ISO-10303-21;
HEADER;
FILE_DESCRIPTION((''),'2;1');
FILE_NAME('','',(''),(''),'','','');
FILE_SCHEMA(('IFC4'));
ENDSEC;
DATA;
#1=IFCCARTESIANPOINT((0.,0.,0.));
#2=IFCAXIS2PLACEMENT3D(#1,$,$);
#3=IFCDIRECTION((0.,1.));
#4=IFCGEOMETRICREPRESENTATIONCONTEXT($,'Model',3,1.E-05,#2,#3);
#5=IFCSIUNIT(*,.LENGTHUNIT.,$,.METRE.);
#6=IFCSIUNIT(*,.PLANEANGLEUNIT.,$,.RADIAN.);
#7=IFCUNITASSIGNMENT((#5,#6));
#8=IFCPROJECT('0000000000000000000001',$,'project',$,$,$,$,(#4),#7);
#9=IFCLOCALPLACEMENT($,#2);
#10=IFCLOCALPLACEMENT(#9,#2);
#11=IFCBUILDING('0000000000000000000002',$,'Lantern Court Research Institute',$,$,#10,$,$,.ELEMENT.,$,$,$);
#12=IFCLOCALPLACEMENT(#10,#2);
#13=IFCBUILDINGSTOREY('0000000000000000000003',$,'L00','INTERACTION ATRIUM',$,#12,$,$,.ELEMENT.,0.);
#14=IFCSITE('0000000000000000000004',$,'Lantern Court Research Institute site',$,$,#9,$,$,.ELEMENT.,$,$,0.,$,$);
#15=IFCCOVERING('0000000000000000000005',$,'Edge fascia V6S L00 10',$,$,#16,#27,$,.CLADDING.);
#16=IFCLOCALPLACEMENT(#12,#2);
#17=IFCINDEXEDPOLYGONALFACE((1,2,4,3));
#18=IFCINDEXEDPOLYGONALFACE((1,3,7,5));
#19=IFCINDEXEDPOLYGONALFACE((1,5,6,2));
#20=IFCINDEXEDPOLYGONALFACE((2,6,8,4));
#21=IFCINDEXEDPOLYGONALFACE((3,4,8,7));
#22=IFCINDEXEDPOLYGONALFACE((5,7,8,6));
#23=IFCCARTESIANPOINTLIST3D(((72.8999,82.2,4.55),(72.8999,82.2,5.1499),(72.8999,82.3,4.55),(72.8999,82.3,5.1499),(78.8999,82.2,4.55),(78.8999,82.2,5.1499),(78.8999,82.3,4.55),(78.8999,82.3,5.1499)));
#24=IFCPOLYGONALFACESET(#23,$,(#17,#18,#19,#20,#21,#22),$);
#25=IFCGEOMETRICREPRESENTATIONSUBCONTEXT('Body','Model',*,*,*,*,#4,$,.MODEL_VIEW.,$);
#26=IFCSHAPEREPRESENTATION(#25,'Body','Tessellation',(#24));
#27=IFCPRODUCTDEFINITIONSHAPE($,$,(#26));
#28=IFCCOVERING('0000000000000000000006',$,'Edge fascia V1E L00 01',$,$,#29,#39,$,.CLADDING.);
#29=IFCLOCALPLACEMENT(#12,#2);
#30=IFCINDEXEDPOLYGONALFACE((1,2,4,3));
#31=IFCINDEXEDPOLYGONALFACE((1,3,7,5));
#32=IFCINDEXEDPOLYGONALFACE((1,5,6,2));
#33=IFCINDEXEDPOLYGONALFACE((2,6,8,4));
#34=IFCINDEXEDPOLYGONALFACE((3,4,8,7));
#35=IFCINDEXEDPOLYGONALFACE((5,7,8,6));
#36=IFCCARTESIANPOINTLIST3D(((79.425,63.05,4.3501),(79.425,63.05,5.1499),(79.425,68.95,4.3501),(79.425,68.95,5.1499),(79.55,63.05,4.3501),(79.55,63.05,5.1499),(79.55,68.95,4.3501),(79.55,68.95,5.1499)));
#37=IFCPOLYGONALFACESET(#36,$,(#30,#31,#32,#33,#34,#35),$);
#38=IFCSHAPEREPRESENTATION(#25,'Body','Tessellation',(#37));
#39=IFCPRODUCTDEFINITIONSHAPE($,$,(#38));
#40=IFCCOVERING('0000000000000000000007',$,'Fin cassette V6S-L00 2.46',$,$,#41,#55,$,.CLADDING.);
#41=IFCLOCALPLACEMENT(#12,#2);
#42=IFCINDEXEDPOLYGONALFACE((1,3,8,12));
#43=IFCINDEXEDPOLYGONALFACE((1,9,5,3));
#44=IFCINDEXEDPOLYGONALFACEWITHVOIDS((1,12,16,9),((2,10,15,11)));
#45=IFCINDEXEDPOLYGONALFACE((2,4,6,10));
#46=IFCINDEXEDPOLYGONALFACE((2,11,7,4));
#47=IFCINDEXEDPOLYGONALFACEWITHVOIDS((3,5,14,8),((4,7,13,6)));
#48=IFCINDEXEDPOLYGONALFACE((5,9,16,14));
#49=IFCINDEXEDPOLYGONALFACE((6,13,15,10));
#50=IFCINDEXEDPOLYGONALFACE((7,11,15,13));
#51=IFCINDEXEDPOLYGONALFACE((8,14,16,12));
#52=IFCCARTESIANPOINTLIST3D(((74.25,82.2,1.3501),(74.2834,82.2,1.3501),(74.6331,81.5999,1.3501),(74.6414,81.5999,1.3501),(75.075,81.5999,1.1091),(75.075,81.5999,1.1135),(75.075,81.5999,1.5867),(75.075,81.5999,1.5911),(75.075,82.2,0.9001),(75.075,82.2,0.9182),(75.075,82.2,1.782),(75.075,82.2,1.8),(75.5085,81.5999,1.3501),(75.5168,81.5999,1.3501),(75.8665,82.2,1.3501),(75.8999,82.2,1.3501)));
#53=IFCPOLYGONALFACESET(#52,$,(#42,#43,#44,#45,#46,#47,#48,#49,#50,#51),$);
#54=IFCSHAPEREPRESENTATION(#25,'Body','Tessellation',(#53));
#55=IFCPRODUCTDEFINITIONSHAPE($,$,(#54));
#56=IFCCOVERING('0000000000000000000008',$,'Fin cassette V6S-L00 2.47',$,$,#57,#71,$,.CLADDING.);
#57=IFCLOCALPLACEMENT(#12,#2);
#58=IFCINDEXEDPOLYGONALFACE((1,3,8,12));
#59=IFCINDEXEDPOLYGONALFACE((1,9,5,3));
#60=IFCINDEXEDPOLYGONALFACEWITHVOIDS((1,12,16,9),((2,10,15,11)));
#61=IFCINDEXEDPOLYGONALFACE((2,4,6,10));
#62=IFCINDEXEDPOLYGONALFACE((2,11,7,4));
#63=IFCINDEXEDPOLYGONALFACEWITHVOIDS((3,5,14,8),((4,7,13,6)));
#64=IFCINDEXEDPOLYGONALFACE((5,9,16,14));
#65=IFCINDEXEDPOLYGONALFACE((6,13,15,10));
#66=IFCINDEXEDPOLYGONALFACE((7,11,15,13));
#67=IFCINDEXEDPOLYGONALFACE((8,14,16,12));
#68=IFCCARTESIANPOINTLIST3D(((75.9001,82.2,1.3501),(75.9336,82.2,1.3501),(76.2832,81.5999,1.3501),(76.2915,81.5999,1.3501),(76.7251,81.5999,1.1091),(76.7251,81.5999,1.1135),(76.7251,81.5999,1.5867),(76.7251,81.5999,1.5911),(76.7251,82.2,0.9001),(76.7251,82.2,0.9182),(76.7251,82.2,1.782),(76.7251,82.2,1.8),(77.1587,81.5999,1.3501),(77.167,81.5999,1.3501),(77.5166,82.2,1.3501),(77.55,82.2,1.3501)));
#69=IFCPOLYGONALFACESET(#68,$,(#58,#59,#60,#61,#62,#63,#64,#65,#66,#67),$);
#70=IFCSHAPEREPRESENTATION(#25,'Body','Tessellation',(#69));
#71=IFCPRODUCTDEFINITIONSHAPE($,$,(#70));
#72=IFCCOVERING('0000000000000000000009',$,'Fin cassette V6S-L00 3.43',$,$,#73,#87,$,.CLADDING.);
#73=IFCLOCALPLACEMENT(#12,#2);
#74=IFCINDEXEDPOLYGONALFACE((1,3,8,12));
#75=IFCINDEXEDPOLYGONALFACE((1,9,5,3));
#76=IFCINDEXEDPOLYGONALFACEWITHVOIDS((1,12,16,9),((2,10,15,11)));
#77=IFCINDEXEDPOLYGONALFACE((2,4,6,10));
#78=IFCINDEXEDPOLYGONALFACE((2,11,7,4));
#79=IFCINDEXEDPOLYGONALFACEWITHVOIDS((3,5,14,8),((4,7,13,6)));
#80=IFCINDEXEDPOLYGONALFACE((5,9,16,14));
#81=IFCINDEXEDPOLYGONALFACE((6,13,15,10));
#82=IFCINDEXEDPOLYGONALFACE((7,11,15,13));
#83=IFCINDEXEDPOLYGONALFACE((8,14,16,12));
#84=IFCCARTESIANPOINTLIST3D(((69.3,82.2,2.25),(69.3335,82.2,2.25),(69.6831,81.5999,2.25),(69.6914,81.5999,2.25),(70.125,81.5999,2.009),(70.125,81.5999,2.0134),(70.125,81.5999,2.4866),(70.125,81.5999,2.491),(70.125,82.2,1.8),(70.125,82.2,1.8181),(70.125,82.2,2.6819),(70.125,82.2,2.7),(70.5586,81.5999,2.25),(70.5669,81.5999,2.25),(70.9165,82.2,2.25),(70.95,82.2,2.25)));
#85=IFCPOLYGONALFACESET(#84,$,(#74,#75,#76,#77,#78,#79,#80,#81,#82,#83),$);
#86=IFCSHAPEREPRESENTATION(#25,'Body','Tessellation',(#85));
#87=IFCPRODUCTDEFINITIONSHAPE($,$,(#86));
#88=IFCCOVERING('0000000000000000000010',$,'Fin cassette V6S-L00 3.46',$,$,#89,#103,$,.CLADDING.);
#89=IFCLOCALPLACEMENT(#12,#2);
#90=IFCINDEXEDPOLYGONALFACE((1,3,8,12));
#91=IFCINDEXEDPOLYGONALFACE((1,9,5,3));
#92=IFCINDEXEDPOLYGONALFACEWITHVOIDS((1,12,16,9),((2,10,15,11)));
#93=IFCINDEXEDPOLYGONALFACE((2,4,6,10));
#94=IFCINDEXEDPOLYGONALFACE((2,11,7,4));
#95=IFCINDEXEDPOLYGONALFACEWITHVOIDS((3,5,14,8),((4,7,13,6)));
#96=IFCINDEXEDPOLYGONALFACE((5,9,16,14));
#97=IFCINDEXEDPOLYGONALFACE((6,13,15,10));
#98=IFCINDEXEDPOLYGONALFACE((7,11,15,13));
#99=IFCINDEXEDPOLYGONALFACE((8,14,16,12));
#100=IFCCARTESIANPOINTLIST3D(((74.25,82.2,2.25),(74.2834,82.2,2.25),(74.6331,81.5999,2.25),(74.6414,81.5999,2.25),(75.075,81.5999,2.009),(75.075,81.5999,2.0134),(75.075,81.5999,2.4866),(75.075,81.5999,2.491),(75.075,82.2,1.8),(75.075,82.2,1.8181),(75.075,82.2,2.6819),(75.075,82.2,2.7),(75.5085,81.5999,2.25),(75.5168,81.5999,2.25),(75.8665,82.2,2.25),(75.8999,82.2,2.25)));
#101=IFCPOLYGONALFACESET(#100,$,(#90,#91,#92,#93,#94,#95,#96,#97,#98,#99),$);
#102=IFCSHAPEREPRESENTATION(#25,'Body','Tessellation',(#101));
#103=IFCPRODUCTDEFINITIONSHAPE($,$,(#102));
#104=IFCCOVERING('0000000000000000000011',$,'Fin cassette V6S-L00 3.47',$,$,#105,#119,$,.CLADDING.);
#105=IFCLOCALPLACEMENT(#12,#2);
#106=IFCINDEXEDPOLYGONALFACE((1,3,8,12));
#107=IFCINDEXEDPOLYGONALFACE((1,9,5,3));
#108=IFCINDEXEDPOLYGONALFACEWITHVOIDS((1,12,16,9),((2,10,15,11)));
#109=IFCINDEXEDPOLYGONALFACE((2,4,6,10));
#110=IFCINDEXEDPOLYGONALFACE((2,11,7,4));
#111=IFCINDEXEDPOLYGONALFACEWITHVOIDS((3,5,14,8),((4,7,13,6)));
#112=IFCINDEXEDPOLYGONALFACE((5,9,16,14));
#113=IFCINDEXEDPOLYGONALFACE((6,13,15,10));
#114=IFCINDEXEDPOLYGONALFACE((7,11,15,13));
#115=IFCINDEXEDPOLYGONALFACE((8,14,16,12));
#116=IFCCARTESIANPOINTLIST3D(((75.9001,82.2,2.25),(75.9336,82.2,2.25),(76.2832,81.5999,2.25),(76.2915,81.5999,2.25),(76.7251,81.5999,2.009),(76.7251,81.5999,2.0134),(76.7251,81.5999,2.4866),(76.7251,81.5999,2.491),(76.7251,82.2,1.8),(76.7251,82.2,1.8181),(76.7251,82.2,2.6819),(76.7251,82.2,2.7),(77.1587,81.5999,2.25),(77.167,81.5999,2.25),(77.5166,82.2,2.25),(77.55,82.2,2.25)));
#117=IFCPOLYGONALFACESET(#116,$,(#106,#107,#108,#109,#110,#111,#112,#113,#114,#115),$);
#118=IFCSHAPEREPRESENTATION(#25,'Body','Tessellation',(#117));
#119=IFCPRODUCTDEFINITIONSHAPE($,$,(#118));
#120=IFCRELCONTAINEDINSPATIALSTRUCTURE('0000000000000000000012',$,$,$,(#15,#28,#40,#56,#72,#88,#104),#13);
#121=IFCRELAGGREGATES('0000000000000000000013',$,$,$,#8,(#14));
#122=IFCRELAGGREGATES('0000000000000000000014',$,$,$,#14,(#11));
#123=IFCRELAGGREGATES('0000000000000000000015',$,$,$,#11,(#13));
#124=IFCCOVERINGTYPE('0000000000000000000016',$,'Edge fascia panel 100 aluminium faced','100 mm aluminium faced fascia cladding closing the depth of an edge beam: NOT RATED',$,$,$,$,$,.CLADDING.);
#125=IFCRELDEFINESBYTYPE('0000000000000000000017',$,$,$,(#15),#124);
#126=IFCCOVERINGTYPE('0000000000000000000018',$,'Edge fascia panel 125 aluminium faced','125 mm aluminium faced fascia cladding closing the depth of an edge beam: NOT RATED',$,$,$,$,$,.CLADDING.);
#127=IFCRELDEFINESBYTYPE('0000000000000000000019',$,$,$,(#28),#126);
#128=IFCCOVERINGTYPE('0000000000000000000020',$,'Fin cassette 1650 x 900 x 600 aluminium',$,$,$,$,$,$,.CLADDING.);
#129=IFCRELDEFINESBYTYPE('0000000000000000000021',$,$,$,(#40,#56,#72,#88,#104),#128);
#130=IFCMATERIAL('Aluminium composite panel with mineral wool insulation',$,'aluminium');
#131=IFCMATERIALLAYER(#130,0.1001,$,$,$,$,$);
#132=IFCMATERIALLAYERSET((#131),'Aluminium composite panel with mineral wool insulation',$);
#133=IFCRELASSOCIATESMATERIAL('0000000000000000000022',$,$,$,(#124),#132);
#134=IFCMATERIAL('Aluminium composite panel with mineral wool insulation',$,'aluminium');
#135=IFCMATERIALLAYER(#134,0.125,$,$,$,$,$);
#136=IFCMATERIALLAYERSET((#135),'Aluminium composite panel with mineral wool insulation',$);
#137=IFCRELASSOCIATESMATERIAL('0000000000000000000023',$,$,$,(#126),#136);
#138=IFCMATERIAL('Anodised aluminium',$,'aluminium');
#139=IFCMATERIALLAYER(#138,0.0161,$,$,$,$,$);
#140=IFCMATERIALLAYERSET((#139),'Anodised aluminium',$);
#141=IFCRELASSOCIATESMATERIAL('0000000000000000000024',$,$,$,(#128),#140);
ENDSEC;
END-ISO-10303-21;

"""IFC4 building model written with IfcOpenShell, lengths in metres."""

from ifc_helpers import new_model, entity, si_unit, direction, frame, frame_2d, origin, place, context, subcontext, project, spatial, rectangle, extrude, material, layer, layer_set, type_object, element, save


model = new_model("IFC4")

# Units and contexts
model_context = context("Model", 3, precision=1e-05, world=origin(), true_north=direction((0.0, 1.0)))
body_context = subcontext(model_context, "Body", "Model", "MODEL_VIEW")
ifc_project = project(units=[si_unit("LENGTHUNIT", "METRE"), si_unit("PLANEANGLEUNIT", "RADIAN")], contexts=[model_context])

# Site, building, storey
site_placement = place(None, origin())
site = spatial("IfcSite", under=ifc_project, at=site_placement, Name="Lantern Court Research Institute site", CompositionType="ELEMENT", RefElevation=0.0)
building_placement = place(site_placement, origin())
building = spatial("IfcBuilding", under=site, at=building_placement, Name="Lantern Court Research Institute", CompositionType="ELEMENT")
storey_placement = place(building_placement, origin())
storey = spatial("IfcBuildingStorey", under=building, at=storey_placement, Name="L00", Description="INTERACTION ATRIUM", CompositionType="ELEMENT", Elevation=0.0)

# Coverings
ifc_material_1 = material(Name="Aluminium composite panel with mineral wool insulation", Category="aluminium")
ifc_layer_1 = layer(ifc_material_1, 0.1001)
ifc_layer_set_1 = layer_set([ifc_layer_1], Name="Aluminium composite panel with mineral wool insulation")
covering_type_1 = type_object("IfcCoveringType", Name="Edge fascia panel 100 aluminium faced", Description="100 mm aluminium faced fascia cladding closing the depth of an edge beam: NOT RATED", PredefinedType="CLADDING", material=ifc_layer_set_1)
for number, where, z_axis, x_axis, name in (
    (1, (78.8999, 82.25, 4.55), (0.0, 0.0, 1.0), (-1.0, 0.0, 0.0), "Edge fascia V6S L00 10"),
):
    element("IfcCovering", number, at=place(storey_placement, frame(where, z_axis=z_axis, x_axis=x_axis)), inside=storey, type_object=covering_type_1, Name=name, PredefinedType="CLADDING", context=body_context, shape_type="SweptSolid", body=[
        extrude(rectangle(XDim=6.0, YDim=0.1001, at=frame_2d((3.0, 0.0))), origin(), (0.0, 0.0, 1.0), 0.5999),
    ])
ifc_material_2 = material(Name="Aluminium composite panel with mineral wool insulation", Category="aluminium")
ifc_layer_2 = layer(ifc_material_2, 0.125)
ifc_layer_set_2 = layer_set([ifc_layer_2], Name="Aluminium composite panel with mineral wool insulation")
covering_type_2 = type_object("IfcCoveringType", Name="Edge fascia panel 125 aluminium faced", Description="125 mm aluminium faced fascia cladding closing the depth of an edge beam: NOT RATED", PredefinedType="CLADDING", material=ifc_layer_set_2)
covering_1_placement = place(storey_placement, frame((79.4875, 68.95, 4.3501), z_axis=(0.0, 0.0, 1.0), x_axis=(0.0, -1.0, 0.0)))
element("IfcCovering", 2, at=covering_1_placement, inside=storey, type_object=covering_type_2, Name="Edge fascia V1E L00 01", PredefinedType="CLADDING", context=body_context, shape_type="SweptSolid", body=[
    extrude(rectangle(XDim=5.8999, YDim=0.125, at=frame_2d((2.95, 0.0))), origin(), (0.0, 0.0, 1.0), 0.7998),
])
ifc_material_3 = material(Name="Anodised aluminium", Category="aluminium")
ifc_layer_3 = layer(ifc_material_3, 0.0161)
ifc_layer_set_3 = layer_set([ifc_layer_3], Name="Anodised aluminium")
covering_type_3 = type_object("IfcCoveringType", Name="Fin cassette 1650 x 900 x 600 aluminium", PredefinedType="CLADDING", material=ifc_layer_set_3)
covering_2_placement = place(storey_placement, frame((75.075, 82.2, 1.3501), z_axis=(0.0, -1.0, 0.0), x_axis=(1.0, 0.0, 0.0)))
cartesian_point_1 = entity("IfcCartesianPoint", [0.825, 0.0])
cartesian_point_2 = entity("IfcCartesianPoint", [0.7915, 0.0])
cartesian_point_3 = entity("IfcCartesianPoint", [0.4419, 0.0])
cartesian_point_4 = entity("IfcCartesianPoint", [0.4336, 0.0])
element("IfcCovering", 3, at=covering_2_placement, inside=storey, type_object=covering_type_3, Name="Fin cassette V6S-L00 2.46", PredefinedType="CLADDING", context=body_context, shape_type="SweptSolid", body=[
    entity("IfcExtrudedAreaSolidTapered", entity("IfcArbitraryProfileDefWithVoids", "AREA", None, entity("IfcPolyline", [cartesian_point_1, entity("IfcCartesianPoint", [0.0, 0.45]), entity("IfcCartesianPoint", [-0.825, 0.0]), entity("IfcCartesianPoint", [0.0, -0.45]), cartesian_point_1]), [entity("IfcPolyline", [cartesian_point_2, entity("IfcCartesianPoint", [0.0, 0.4319]), entity("IfcCartesianPoint", [-0.7915, 0.0]), entity("IfcCartesianPoint", [0.0, -0.4319]), cartesian_point_2])]), entity("IfcAxis2Placement3D", entity("IfcCartesianPoint", [0.0, 0.0, 0.0])), entity("IfcDirection", [0.0, 0.0, 1.0]), 0.6001, entity("IfcArbitraryProfileDefWithVoids", "AREA", None, entity("IfcPolyline", [cartesian_point_3, entity("IfcCartesianPoint", [0.0, 0.241]), entity("IfcCartesianPoint", [-0.4419, 0.0]), entity("IfcCartesianPoint", [0.0, -0.241]), cartesian_point_3]), [entity("IfcPolyline", [cartesian_point_4, entity("IfcCartesianPoint", [0.0, 0.2366]), entity("IfcCartesianPoint", [-0.4336, 0.0]), entity("IfcCartesianPoint", [0.0, -0.2366]), cartesian_point_4])])),
])
covering_3_placement = place(storey_placement, frame((76.7251, 82.2, 1.3501), z_axis=(0.0, -1.0, 0.0), x_axis=(1.0, 0.0, 0.0)))
cartesian_point_5 = entity("IfcCartesianPoint", [0.825, 0.0])
cartesian_point_6 = entity("IfcCartesianPoint", [0.7915, 0.0])
cartesian_point_7 = entity("IfcCartesianPoint", [0.4419, 0.0])
cartesian_point_8 = entity("IfcCartesianPoint", [0.4336, 0.0])
element("IfcCovering", 4, at=covering_3_placement, inside=storey, type_object=covering_type_3, Name="Fin cassette V6S-L00 2.47", PredefinedType="CLADDING", context=body_context, shape_type="SweptSolid", body=[
    entity("IfcExtrudedAreaSolidTapered", entity("IfcArbitraryProfileDefWithVoids", "AREA", None, entity("IfcPolyline", [cartesian_point_5, entity("IfcCartesianPoint", [0.0, 0.45]), entity("IfcCartesianPoint", [-0.825, 0.0]), entity("IfcCartesianPoint", [0.0, -0.45]), cartesian_point_5]), [entity("IfcPolyline", [cartesian_point_6, entity("IfcCartesianPoint", [0.0, 0.4319]), entity("IfcCartesianPoint", [-0.7915, 0.0]), entity("IfcCartesianPoint", [0.0, -0.4319]), cartesian_point_6])]), entity("IfcAxis2Placement3D", entity("IfcCartesianPoint", [0.0, 0.0, 0.0])), entity("IfcDirection", [0.0, 0.0, 1.0]), 0.6001, entity("IfcArbitraryProfileDefWithVoids", "AREA", None, entity("IfcPolyline", [cartesian_point_7, entity("IfcCartesianPoint", [0.0, 0.241]), entity("IfcCartesianPoint", [-0.4419, 0.0]), entity("IfcCartesianPoint", [0.0, -0.241]), cartesian_point_7]), [entity("IfcPolyline", [cartesian_point_8, entity("IfcCartesianPoint", [0.0, 0.2366]), entity("IfcCartesianPoint", [-0.4336, 0.0]), entity("IfcCartesianPoint", [0.0, -0.2366]), cartesian_point_8])])),
])
covering_4_placement = place(storey_placement, frame((70.125, 82.2, 2.25), z_axis=(0.0, -1.0, 0.0), x_axis=(1.0, 0.0, 0.0)))
cartesian_point_9 = entity("IfcCartesianPoint", [0.825, 0.0])
cartesian_point_10 = entity("IfcCartesianPoint", [0.7915, 0.0])
cartesian_point_11 = entity("IfcCartesianPoint", [0.4419, 0.0])
cartesian_point_12 = entity("IfcCartesianPoint", [0.4336, 0.0])
element("IfcCovering", 5, at=covering_4_placement, inside=storey, type_object=covering_type_3, Name="Fin cassette V6S-L00 3.43", PredefinedType="CLADDING", context=body_context, shape_type="SweptSolid", body=[
    entity("IfcExtrudedAreaSolidTapered", entity("IfcArbitraryProfileDefWithVoids", "AREA", None, entity("IfcPolyline", [cartesian_point_9, entity("IfcCartesianPoint", [0.0, 0.45]), entity("IfcCartesianPoint", [-0.825, 0.0]), entity("IfcCartesianPoint", [0.0, -0.45]), cartesian_point_9]), [entity("IfcPolyline", [cartesian_point_10, entity("IfcCartesianPoint", [0.0, 0.4319]), entity("IfcCartesianPoint", [-0.7915, 0.0]), entity("IfcCartesianPoint", [0.0, -0.4319]), cartesian_point_10])]), entity("IfcAxis2Placement3D", entity("IfcCartesianPoint", [0.0, 0.0, 0.0])), entity("IfcDirection", [0.0, 0.0, 1.0]), 0.6001, entity("IfcArbitraryProfileDefWithVoids", "AREA", None, entity("IfcPolyline", [cartesian_point_11, entity("IfcCartesianPoint", [0.0, 0.241]), entity("IfcCartesianPoint", [-0.4419, 0.0]), entity("IfcCartesianPoint", [0.0, -0.241]), cartesian_point_11]), [entity("IfcPolyline", [cartesian_point_12, entity("IfcCartesianPoint", [0.0, 0.2366]), entity("IfcCartesianPoint", [-0.4336, 0.0]), entity("IfcCartesianPoint", [0.0, -0.2366]), cartesian_point_12])])),
])
covering_5_placement = place(storey_placement, frame((75.075, 82.2, 2.25), z_axis=(0.0, -1.0, 0.0), x_axis=(1.0, 0.0, 0.0)))
cartesian_point_13 = entity("IfcCartesianPoint", [0.825, 0.0])
cartesian_point_14 = entity("IfcCartesianPoint", [0.7915, 0.0])
cartesian_point_15 = entity("IfcCartesianPoint", [0.4419, 0.0])
cartesian_point_16 = entity("IfcCartesianPoint", [0.4336, 0.0])
element("IfcCovering", 6, at=covering_5_placement, inside=storey, type_object=covering_type_3, Name="Fin cassette V6S-L00 3.46", PredefinedType="CLADDING", context=body_context, shape_type="SweptSolid", body=[
    entity("IfcExtrudedAreaSolidTapered", entity("IfcArbitraryProfileDefWithVoids", "AREA", None, entity("IfcPolyline", [cartesian_point_13, entity("IfcCartesianPoint", [0.0, 0.45]), entity("IfcCartesianPoint", [-0.825, 0.0]), entity("IfcCartesianPoint", [0.0, -0.45]), cartesian_point_13]), [entity("IfcPolyline", [cartesian_point_14, entity("IfcCartesianPoint", [0.0, 0.4319]), entity("IfcCartesianPoint", [-0.7915, 0.0]), entity("IfcCartesianPoint", [0.0, -0.4319]), cartesian_point_14])]), entity("IfcAxis2Placement3D", entity("IfcCartesianPoint", [0.0, 0.0, 0.0])), entity("IfcDirection", [0.0, 0.0, 1.0]), 0.6001, entity("IfcArbitraryProfileDefWithVoids", "AREA", None, entity("IfcPolyline", [cartesian_point_15, entity("IfcCartesianPoint", [0.0, 0.241]), entity("IfcCartesianPoint", [-0.4419, 0.0]), entity("IfcCartesianPoint", [0.0, -0.241]), cartesian_point_15]), [entity("IfcPolyline", [cartesian_point_16, entity("IfcCartesianPoint", [0.0, 0.2366]), entity("IfcCartesianPoint", [-0.4336, 0.0]), entity("IfcCartesianPoint", [0.0, -0.2366]), cartesian_point_16])])),
])
covering_6_placement = place(storey_placement, frame((76.7251, 82.2, 2.25), z_axis=(0.0, -1.0, 0.0), x_axis=(1.0, 0.0, 0.0)))
cartesian_point_17 = entity("IfcCartesianPoint", [0.825, 0.0])
cartesian_point_18 = entity("IfcCartesianPoint", [0.7915, 0.0])
cartesian_point_19 = entity("IfcCartesianPoint", [0.4419, 0.0])
cartesian_point_20 = entity("IfcCartesianPoint", [0.4336, 0.0])
element("IfcCovering", 7, at=covering_6_placement, inside=storey, type_object=covering_type_3, Name="Fin cassette V6S-L00 3.47", PredefinedType="CLADDING", context=body_context, shape_type="SweptSolid", body=[
    entity("IfcExtrudedAreaSolidTapered", entity("IfcArbitraryProfileDefWithVoids", "AREA", None, entity("IfcPolyline", [cartesian_point_17, entity("IfcCartesianPoint", [0.0, 0.45]), entity("IfcCartesianPoint", [-0.825, 0.0]), entity("IfcCartesianPoint", [0.0, -0.45]), cartesian_point_17]), [entity("IfcPolyline", [cartesian_point_18, entity("IfcCartesianPoint", [0.0, 0.4319]), entity("IfcCartesianPoint", [-0.7915, 0.0]), entity("IfcCartesianPoint", [0.0, -0.4319]), cartesian_point_18])]), entity("IfcAxis2Placement3D", entity("IfcCartesianPoint", [0.0, 0.0, 0.0])), entity("IfcDirection", [0.0, 0.0, 1.0]), 0.6001, entity("IfcArbitraryProfileDefWithVoids", "AREA", None, entity("IfcPolyline", [cartesian_point_19, entity("IfcCartesianPoint", [0.0, 0.241]), entity("IfcCartesianPoint", [-0.4419, 0.0]), entity("IfcCartesianPoint", [0.0, -0.241]), cartesian_point_19]), [entity("IfcPolyline", [cartesian_point_20, entity("IfcCartesianPoint", [0.0, 0.2366]), entity("IfcCartesianPoint", [-0.4336, 0.0]), entity("IfcCartesianPoint", [0.0, -0.2366]), cartesian_point_20])])),
])

save(model, "model.ifc")
